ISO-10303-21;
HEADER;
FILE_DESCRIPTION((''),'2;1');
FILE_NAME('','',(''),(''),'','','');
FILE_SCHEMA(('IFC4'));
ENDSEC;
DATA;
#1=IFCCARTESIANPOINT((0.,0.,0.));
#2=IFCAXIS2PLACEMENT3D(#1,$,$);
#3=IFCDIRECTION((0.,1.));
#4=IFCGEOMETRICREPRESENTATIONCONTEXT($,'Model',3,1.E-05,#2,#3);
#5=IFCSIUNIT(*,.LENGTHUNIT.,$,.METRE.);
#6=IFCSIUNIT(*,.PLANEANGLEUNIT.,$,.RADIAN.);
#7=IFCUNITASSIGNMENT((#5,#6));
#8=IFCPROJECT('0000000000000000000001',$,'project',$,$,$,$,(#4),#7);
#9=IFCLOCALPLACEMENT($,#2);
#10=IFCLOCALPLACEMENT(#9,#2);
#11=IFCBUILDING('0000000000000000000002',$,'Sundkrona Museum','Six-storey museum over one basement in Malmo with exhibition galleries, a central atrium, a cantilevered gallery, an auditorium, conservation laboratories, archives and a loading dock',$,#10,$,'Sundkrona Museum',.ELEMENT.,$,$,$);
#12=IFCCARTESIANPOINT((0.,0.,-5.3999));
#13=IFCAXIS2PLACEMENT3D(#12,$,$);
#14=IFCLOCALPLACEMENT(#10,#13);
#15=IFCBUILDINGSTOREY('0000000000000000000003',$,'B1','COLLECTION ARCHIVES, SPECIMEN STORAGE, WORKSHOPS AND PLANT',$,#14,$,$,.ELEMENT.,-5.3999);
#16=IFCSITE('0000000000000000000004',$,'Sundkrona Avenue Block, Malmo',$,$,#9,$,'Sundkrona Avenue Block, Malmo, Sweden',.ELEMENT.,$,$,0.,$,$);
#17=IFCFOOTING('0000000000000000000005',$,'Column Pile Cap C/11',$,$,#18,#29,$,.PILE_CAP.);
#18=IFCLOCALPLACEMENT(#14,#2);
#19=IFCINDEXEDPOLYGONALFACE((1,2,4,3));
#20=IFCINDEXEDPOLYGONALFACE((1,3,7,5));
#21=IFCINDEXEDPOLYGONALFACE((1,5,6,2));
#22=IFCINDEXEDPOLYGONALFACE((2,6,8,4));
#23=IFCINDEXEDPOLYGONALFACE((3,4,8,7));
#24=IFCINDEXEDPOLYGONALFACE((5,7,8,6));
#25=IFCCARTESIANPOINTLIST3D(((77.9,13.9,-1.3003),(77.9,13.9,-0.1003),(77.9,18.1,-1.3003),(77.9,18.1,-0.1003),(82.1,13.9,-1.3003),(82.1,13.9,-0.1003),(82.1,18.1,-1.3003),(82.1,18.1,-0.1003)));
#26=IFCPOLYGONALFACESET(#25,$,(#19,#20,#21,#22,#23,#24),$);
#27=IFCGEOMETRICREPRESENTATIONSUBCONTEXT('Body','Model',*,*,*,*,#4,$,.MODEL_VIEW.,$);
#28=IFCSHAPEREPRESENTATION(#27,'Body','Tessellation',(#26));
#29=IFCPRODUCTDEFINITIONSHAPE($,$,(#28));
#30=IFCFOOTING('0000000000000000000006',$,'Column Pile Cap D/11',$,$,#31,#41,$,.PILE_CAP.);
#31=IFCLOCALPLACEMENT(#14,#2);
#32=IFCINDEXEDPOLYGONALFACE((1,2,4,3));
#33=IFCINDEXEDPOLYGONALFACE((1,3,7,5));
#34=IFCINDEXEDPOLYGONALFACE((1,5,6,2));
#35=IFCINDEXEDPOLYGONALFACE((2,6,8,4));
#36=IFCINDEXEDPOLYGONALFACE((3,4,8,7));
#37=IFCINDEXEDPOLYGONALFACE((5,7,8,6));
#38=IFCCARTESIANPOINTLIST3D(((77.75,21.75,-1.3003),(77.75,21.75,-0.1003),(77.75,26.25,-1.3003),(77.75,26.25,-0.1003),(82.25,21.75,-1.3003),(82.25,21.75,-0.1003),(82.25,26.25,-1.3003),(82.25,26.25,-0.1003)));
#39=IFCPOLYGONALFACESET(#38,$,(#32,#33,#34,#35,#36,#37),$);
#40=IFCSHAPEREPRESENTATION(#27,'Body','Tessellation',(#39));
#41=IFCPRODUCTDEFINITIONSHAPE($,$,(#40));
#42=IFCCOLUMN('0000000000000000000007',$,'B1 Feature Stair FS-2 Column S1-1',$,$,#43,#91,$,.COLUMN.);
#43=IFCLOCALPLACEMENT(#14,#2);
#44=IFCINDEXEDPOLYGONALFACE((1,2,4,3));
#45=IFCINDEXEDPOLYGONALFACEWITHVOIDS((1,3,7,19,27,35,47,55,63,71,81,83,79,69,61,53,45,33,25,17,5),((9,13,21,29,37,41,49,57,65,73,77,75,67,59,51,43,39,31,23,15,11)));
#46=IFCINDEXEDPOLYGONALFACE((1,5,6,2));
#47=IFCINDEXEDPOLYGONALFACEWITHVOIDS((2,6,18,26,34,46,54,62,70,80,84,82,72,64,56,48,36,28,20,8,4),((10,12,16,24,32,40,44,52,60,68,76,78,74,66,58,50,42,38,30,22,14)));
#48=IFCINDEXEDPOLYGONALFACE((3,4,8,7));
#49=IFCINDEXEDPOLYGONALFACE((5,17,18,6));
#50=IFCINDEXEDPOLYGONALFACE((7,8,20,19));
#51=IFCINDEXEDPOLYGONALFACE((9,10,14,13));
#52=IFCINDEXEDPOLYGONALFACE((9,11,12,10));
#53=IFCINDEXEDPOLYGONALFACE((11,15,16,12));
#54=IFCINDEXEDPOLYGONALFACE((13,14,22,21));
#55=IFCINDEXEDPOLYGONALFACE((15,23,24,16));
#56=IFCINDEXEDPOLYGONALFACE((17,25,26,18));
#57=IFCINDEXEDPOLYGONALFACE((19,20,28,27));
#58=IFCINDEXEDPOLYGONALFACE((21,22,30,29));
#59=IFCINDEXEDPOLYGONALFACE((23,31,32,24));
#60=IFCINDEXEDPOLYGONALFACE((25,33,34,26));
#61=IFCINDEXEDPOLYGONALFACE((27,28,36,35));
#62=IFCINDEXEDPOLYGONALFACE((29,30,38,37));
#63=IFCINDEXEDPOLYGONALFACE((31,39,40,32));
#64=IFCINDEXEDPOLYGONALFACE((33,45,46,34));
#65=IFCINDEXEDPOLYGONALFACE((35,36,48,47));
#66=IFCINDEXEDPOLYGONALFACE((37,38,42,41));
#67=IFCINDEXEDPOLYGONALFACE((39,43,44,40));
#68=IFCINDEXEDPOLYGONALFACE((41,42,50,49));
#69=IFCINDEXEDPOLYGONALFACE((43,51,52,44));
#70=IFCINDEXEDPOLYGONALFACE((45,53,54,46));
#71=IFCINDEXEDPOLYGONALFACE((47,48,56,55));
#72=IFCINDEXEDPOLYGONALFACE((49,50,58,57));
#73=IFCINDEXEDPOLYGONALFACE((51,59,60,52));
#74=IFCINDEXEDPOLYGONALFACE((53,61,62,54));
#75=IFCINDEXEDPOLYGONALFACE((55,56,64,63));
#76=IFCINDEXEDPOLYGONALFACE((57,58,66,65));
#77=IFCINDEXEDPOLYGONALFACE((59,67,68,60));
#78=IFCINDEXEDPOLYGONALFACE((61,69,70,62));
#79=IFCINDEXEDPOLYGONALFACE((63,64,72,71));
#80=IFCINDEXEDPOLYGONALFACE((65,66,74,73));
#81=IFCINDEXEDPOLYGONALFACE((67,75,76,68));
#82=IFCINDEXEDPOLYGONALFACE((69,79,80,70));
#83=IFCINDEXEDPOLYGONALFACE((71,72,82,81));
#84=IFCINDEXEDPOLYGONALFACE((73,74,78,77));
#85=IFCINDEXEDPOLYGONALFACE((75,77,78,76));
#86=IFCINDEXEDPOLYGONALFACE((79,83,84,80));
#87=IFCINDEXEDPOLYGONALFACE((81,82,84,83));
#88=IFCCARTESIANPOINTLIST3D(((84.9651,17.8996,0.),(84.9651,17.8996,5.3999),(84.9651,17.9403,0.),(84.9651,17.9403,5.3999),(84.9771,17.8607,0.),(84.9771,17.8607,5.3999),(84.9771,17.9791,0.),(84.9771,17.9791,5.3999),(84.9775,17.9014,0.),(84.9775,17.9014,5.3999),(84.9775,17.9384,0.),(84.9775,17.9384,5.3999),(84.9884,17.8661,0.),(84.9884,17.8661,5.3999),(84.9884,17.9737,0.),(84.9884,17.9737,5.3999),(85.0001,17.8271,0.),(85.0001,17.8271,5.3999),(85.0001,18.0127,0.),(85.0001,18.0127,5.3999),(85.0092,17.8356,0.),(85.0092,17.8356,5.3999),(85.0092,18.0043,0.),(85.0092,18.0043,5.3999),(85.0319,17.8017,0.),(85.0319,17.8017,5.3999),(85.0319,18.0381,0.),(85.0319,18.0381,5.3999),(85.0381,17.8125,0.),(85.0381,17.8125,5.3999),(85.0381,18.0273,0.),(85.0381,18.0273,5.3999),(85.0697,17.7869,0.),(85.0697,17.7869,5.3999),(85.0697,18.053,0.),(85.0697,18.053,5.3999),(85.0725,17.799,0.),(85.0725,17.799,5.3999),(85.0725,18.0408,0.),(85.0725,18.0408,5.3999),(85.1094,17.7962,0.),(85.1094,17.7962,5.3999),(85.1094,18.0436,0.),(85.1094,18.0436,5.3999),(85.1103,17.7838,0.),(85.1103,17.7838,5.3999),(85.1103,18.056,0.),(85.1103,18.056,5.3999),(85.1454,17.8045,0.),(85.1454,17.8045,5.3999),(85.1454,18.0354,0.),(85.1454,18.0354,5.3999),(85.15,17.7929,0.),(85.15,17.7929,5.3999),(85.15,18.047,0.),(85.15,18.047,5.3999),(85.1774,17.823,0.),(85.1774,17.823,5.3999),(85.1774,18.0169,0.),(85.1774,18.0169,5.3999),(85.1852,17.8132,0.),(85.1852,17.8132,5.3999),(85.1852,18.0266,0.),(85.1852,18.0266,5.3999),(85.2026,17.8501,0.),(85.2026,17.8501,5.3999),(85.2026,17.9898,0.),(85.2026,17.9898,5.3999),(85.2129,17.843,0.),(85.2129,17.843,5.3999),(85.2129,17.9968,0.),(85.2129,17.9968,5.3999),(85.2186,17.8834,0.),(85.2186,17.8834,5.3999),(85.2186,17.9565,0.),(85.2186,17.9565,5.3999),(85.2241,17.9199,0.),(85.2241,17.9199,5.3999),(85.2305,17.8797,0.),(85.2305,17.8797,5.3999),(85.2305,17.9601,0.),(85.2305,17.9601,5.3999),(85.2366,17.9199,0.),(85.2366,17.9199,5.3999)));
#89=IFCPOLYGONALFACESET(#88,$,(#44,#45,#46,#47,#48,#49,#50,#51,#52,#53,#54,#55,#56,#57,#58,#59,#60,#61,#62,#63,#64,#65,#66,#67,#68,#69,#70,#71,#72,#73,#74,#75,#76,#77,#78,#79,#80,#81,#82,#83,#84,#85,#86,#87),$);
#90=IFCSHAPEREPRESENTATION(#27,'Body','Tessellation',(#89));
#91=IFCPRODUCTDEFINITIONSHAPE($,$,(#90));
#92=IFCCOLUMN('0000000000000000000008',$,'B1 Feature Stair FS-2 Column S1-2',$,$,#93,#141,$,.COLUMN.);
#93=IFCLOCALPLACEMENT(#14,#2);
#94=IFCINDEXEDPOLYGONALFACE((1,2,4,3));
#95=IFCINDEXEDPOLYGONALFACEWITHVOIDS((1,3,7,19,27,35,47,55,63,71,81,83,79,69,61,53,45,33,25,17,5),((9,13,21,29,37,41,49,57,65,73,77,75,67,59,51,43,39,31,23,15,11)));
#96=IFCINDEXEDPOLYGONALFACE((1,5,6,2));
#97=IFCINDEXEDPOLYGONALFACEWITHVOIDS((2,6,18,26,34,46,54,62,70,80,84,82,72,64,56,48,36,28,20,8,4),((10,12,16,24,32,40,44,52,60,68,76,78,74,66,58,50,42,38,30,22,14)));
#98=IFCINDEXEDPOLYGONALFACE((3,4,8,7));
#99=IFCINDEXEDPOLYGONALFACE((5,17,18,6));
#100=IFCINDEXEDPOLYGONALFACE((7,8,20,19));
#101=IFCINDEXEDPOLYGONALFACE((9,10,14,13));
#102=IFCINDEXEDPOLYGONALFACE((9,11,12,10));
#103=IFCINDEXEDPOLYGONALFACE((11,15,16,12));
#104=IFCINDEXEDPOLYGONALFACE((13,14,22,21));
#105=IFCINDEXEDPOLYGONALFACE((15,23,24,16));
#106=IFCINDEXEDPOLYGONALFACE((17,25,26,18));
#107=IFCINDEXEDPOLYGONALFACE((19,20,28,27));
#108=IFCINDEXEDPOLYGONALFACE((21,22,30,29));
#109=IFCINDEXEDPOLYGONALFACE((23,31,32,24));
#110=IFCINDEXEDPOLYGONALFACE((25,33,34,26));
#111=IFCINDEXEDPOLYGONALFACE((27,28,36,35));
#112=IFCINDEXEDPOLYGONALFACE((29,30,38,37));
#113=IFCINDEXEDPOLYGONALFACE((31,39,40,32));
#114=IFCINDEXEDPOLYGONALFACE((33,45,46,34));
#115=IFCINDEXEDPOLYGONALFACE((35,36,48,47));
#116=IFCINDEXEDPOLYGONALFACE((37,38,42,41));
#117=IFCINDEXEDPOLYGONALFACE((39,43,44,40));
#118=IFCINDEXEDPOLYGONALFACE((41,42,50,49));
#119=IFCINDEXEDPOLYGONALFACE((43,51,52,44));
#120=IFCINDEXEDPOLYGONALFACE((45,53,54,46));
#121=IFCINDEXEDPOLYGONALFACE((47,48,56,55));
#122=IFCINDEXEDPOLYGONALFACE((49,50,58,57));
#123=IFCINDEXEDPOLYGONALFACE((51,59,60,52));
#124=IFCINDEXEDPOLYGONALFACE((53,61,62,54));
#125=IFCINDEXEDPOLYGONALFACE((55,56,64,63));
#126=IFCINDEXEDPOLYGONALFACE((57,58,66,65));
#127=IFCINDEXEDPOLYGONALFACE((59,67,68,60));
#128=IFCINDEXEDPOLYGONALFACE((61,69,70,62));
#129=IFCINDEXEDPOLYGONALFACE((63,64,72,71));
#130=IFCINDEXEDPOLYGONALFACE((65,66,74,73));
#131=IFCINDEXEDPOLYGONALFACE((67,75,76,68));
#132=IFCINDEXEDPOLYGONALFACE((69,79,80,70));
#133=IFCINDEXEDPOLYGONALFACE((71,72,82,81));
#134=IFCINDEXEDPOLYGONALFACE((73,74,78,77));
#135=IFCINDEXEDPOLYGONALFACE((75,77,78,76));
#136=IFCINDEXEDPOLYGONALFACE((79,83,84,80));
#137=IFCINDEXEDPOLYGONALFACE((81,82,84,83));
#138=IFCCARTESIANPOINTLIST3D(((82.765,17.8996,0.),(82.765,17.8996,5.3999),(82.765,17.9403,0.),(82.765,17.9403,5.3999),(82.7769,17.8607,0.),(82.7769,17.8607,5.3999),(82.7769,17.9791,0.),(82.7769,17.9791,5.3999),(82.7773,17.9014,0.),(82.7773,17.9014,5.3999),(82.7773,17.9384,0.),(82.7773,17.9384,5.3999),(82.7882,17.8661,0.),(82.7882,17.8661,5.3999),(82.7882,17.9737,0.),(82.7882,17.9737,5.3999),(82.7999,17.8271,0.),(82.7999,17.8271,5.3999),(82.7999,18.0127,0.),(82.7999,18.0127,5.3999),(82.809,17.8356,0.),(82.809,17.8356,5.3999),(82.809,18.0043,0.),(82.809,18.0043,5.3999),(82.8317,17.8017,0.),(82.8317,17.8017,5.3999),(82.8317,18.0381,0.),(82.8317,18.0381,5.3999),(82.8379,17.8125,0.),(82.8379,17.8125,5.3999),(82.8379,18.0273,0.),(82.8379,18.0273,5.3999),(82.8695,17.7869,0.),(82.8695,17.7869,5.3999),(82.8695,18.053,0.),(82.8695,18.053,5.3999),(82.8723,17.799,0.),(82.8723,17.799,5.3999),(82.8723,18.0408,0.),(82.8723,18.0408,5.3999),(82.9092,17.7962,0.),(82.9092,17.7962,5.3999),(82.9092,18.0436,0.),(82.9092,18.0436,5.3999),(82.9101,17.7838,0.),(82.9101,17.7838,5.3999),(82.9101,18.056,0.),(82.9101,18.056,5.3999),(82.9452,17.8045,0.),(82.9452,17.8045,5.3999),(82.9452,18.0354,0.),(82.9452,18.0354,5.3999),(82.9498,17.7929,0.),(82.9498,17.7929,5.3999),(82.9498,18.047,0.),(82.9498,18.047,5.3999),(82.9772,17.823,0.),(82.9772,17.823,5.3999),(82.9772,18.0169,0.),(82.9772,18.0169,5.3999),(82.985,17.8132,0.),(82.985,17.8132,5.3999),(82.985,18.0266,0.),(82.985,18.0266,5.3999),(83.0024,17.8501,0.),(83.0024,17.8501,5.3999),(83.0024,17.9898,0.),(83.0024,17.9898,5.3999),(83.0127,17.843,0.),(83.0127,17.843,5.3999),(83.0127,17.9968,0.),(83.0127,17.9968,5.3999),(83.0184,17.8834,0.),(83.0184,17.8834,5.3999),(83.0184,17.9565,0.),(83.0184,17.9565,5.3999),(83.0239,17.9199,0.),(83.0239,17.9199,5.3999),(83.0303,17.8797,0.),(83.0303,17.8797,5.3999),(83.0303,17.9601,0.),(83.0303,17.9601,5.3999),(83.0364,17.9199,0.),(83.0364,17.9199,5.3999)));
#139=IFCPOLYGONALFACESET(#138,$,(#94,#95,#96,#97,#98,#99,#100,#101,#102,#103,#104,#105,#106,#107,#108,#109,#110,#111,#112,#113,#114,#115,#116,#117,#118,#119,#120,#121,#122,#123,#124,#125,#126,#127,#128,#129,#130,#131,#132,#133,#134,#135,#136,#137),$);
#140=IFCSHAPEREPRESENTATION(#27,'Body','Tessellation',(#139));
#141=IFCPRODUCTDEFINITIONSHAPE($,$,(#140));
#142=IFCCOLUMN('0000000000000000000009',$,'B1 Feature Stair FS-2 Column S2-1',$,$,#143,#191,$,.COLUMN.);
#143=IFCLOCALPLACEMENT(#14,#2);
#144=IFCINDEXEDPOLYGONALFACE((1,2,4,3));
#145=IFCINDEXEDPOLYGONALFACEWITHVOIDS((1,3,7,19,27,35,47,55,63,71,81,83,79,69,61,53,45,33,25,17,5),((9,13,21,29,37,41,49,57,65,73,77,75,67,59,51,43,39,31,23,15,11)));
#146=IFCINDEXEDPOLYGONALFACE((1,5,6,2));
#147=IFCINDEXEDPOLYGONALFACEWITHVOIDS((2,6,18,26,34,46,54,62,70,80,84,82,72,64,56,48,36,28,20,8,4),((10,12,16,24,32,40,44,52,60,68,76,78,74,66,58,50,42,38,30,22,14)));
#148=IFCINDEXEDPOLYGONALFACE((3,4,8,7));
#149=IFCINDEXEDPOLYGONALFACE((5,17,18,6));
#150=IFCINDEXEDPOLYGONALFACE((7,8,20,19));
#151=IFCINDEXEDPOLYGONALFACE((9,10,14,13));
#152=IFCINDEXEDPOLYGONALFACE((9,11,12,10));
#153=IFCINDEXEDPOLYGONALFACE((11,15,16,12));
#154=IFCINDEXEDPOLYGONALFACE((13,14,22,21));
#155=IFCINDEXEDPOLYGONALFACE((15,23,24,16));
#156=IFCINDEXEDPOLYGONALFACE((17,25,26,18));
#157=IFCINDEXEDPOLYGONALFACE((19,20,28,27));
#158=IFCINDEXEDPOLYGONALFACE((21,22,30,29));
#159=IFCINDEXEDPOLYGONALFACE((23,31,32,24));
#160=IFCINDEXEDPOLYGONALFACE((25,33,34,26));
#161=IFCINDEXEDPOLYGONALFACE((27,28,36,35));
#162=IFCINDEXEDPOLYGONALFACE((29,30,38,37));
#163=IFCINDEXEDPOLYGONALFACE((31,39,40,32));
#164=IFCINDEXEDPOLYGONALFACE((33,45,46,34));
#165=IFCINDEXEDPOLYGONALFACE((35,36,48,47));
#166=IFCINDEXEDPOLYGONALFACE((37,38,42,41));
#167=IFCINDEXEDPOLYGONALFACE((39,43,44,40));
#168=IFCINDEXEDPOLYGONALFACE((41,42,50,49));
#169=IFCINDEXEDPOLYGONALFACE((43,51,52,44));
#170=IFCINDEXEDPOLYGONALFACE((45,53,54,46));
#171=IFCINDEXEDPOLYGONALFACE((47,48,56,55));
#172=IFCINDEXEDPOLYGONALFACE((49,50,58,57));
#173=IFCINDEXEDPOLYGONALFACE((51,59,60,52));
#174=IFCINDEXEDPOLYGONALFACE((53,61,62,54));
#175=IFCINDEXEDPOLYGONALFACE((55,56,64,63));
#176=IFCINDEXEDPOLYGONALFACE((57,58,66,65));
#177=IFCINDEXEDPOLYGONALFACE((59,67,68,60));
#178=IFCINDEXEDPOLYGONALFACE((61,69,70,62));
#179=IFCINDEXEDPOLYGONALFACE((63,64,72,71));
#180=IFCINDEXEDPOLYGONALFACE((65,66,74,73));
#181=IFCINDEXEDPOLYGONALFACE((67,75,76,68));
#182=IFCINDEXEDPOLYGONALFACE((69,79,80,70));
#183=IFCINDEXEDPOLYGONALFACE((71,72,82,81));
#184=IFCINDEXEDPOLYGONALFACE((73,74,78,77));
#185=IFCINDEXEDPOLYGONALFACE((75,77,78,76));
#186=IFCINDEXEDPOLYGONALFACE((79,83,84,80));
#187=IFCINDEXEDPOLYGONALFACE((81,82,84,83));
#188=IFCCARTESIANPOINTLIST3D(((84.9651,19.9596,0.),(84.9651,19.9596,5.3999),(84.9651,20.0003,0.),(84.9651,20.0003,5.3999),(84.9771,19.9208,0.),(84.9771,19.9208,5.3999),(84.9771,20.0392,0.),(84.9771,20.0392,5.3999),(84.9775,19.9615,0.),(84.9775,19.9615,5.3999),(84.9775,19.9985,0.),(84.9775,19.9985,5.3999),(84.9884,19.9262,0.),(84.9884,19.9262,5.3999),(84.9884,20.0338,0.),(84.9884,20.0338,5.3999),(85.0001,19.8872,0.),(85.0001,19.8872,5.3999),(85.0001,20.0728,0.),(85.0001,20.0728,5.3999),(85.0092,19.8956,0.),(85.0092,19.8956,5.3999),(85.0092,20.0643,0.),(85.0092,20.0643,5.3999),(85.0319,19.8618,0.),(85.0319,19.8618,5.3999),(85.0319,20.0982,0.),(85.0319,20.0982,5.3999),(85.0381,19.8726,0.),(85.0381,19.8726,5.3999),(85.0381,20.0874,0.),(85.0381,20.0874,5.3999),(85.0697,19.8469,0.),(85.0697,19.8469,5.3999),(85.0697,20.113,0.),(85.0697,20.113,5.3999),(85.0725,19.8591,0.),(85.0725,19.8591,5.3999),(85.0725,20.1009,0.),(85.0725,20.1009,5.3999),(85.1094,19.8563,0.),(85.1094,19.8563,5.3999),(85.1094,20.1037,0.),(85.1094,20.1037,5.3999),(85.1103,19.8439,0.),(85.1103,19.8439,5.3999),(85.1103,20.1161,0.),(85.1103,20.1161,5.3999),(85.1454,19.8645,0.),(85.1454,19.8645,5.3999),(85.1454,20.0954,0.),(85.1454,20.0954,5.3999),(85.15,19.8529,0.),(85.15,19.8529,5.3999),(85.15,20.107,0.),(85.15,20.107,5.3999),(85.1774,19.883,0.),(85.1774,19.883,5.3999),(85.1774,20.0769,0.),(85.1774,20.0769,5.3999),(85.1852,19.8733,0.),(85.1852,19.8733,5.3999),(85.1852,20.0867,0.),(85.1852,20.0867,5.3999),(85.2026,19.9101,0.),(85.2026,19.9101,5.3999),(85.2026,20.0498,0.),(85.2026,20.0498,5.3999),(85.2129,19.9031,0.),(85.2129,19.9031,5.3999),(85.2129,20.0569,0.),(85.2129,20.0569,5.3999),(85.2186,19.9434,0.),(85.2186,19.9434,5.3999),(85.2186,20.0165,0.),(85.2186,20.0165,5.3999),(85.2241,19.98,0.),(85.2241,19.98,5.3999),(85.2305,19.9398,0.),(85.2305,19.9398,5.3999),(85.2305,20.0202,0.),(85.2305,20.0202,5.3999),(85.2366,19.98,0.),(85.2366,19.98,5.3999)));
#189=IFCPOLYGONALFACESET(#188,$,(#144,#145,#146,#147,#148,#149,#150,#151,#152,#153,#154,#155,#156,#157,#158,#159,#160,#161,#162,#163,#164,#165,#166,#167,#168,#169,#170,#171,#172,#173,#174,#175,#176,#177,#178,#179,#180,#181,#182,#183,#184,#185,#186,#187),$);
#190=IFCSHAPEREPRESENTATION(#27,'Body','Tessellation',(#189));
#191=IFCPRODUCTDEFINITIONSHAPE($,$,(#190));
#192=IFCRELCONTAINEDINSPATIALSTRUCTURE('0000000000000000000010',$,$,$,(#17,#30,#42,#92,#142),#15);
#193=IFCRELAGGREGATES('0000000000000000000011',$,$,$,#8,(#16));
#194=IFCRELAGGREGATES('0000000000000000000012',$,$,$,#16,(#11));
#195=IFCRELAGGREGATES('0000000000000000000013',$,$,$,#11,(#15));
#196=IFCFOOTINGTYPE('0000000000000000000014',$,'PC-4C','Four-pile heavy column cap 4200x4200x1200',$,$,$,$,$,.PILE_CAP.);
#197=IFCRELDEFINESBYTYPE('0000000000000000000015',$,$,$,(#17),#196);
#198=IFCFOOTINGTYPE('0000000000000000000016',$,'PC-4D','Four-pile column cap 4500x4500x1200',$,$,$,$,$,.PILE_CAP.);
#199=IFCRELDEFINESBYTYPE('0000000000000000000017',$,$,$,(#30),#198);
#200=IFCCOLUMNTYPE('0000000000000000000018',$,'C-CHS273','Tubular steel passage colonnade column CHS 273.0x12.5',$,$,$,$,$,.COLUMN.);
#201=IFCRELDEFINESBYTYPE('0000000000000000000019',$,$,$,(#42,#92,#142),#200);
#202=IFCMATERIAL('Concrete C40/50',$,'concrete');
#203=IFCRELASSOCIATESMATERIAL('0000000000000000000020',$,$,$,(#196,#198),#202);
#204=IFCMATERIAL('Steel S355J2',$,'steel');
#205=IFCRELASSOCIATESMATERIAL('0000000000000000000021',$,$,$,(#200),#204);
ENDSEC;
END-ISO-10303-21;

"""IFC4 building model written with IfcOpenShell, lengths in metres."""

from ifc_helpers import new_model, si_unit, direction, frame, origin, origin_2d, place, context, subcontext, project, spatial, rectangle, hollow_circle, extrude, material, material_profile, profile_set, type_object, element, save


model = new_model("IFC4")

# Units and contexts
model_context = context("Model", 3, precision=1e-05, world=origin(), true_north=direction((0.0, 1.0)))
body_context = subcontext(model_context, "Body", "Model", "MODEL_VIEW")
ifc_project = project(units=[si_unit("LENGTHUNIT", "METRE"), si_unit("PLANEANGLEUNIT", "RADIAN")], contexts=[model_context])

# Site, building, storey
site_placement = place(None, origin())
site = spatial("IfcSite", under=ifc_project, at=site_placement, Name="Sundkrona Avenue Block, Malmo", LongName="Sundkrona Avenue Block, Malmo, Sweden", CompositionType="ELEMENT", RefElevation=0.0)
building_placement = place(site_placement, origin())
building = spatial("IfcBuilding", under=site, at=building_placement, Name="Sundkrona Museum", Description="Six-storey museum over one basement in Malmo with exhibition galleries, a central atrium, a cantilevered gallery, an auditorium, conservation laboratories, archives and a loading dock", LongName="Sundkrona Museum", CompositionType="ELEMENT")
storey_placement = place(building_placement, frame((0.0, 0.0, -5.3999)))
storey = spatial("IfcBuildingStorey", under=building, at=storey_placement, Name="B1", Description="COLLECTION ARCHIVES, SPECIMEN STORAGE, WORKSHOPS AND PLANT", CompositionType="ELEMENT", Elevation=-5.3999)

# Shared definitions
ifc_material_1 = material(Name="Concrete C40/50", Category="concrete")

# Footings
footing_type_1 = type_object("IfcFootingType", Name="PC-4C", Description="Four-pile heavy column cap 4200x4200x1200", PredefinedType="PILE_CAP", material=ifc_material_1)
footing_1_placement = place(storey_placement, frame((80.0, 16.0, -1.3003), z_axis=(0.0, 0.0, 1.0), x_axis=(1.0, 0.0, 0.0)))
element("IfcFooting", 1, at=footing_1_placement, inside=storey, type_object=footing_type_1, Name="Column Pile Cap C/11", PredefinedType="PILE_CAP", context=body_context, shape_type="SweptSolid", body=[
    extrude(rectangle(XDim=4.2, YDim=4.2, at=origin_2d()), origin(), (0.0, 0.0, 1.0), 1.2),
])
footing_type_2 = type_object("IfcFootingType", Name="PC-4D", Description="Four-pile column cap 4500x4500x1200", PredefinedType="PILE_CAP", material=ifc_material_1)
footing_2_placement = place(storey_placement, frame((80.0, 24.0, -1.3003), z_axis=(0.0, 0.0, 1.0), x_axis=(1.0, 0.0, 0.0)))
element("IfcFooting", 2, at=footing_2_placement, inside=storey, type_object=footing_type_2, Name="Column Pile Cap D/11", PredefinedType="PILE_CAP", context=body_context, shape_type="SweptSolid", body=[
    extrude(rectangle(XDim=4.5, YDim=4.5, at=origin_2d()), origin(), (0.0, 0.0, 1.0), 1.2),
])

# Columns
ifc_material_2 = material(Name="Steel S355J2", Category="steel")
ifc_material_profile_1 = material_profile(ifc_material_2, hollow_circle(Radius=0.1365, WallThickness=0.0125, at=origin_2d()), Name="CHS 273.0x12.5")
ifc_profile_set_1 = profile_set([ifc_material_profile_1], Name="Steel S355J2")
column_type_1 = type_object("IfcColumnType", Name="C-CHS273", Description="Tubular steel passage colonnade column CHS 273.0x12.5", PredefinedType="COLUMN", material=ifc_profile_set_1)
for number, where, z_axis, x_axis, name in (
    (3, (85.1001, 17.9199, 0.0), (0.0, 0.0, 1.0), (1.0, 0.0, 0.0), "B1 Feature Stair FS-2 Column S1-1"),
    (4, (82.8999, 17.9199, 0.0), (0.0, 0.0, 1.0), (1.0, 0.0, 0.0), "B1 Feature Stair FS-2 Column S1-2"),
    (5, (85.1001, 19.98, 0.0), (0.0, 0.0, 1.0), (1.0, 0.0, 0.0), "B1 Feature Stair FS-2 Column S2-1"),
):
    element("IfcColumn", number, at=place(storey_placement, frame(where, z_axis=z_axis, x_axis=x_axis)), inside=storey, type_object=column_type_1, Name=name, PredefinedType="COLUMN", context=body_context, shape_type="SweptSolid", body=[
        extrude(hollow_circle(Radius=0.1365, WallThickness=0.0125, at=origin_2d()), origin(), (0.0, 0.0, 1.0), 5.3999),
    ])

save(model, "model.ifc")
